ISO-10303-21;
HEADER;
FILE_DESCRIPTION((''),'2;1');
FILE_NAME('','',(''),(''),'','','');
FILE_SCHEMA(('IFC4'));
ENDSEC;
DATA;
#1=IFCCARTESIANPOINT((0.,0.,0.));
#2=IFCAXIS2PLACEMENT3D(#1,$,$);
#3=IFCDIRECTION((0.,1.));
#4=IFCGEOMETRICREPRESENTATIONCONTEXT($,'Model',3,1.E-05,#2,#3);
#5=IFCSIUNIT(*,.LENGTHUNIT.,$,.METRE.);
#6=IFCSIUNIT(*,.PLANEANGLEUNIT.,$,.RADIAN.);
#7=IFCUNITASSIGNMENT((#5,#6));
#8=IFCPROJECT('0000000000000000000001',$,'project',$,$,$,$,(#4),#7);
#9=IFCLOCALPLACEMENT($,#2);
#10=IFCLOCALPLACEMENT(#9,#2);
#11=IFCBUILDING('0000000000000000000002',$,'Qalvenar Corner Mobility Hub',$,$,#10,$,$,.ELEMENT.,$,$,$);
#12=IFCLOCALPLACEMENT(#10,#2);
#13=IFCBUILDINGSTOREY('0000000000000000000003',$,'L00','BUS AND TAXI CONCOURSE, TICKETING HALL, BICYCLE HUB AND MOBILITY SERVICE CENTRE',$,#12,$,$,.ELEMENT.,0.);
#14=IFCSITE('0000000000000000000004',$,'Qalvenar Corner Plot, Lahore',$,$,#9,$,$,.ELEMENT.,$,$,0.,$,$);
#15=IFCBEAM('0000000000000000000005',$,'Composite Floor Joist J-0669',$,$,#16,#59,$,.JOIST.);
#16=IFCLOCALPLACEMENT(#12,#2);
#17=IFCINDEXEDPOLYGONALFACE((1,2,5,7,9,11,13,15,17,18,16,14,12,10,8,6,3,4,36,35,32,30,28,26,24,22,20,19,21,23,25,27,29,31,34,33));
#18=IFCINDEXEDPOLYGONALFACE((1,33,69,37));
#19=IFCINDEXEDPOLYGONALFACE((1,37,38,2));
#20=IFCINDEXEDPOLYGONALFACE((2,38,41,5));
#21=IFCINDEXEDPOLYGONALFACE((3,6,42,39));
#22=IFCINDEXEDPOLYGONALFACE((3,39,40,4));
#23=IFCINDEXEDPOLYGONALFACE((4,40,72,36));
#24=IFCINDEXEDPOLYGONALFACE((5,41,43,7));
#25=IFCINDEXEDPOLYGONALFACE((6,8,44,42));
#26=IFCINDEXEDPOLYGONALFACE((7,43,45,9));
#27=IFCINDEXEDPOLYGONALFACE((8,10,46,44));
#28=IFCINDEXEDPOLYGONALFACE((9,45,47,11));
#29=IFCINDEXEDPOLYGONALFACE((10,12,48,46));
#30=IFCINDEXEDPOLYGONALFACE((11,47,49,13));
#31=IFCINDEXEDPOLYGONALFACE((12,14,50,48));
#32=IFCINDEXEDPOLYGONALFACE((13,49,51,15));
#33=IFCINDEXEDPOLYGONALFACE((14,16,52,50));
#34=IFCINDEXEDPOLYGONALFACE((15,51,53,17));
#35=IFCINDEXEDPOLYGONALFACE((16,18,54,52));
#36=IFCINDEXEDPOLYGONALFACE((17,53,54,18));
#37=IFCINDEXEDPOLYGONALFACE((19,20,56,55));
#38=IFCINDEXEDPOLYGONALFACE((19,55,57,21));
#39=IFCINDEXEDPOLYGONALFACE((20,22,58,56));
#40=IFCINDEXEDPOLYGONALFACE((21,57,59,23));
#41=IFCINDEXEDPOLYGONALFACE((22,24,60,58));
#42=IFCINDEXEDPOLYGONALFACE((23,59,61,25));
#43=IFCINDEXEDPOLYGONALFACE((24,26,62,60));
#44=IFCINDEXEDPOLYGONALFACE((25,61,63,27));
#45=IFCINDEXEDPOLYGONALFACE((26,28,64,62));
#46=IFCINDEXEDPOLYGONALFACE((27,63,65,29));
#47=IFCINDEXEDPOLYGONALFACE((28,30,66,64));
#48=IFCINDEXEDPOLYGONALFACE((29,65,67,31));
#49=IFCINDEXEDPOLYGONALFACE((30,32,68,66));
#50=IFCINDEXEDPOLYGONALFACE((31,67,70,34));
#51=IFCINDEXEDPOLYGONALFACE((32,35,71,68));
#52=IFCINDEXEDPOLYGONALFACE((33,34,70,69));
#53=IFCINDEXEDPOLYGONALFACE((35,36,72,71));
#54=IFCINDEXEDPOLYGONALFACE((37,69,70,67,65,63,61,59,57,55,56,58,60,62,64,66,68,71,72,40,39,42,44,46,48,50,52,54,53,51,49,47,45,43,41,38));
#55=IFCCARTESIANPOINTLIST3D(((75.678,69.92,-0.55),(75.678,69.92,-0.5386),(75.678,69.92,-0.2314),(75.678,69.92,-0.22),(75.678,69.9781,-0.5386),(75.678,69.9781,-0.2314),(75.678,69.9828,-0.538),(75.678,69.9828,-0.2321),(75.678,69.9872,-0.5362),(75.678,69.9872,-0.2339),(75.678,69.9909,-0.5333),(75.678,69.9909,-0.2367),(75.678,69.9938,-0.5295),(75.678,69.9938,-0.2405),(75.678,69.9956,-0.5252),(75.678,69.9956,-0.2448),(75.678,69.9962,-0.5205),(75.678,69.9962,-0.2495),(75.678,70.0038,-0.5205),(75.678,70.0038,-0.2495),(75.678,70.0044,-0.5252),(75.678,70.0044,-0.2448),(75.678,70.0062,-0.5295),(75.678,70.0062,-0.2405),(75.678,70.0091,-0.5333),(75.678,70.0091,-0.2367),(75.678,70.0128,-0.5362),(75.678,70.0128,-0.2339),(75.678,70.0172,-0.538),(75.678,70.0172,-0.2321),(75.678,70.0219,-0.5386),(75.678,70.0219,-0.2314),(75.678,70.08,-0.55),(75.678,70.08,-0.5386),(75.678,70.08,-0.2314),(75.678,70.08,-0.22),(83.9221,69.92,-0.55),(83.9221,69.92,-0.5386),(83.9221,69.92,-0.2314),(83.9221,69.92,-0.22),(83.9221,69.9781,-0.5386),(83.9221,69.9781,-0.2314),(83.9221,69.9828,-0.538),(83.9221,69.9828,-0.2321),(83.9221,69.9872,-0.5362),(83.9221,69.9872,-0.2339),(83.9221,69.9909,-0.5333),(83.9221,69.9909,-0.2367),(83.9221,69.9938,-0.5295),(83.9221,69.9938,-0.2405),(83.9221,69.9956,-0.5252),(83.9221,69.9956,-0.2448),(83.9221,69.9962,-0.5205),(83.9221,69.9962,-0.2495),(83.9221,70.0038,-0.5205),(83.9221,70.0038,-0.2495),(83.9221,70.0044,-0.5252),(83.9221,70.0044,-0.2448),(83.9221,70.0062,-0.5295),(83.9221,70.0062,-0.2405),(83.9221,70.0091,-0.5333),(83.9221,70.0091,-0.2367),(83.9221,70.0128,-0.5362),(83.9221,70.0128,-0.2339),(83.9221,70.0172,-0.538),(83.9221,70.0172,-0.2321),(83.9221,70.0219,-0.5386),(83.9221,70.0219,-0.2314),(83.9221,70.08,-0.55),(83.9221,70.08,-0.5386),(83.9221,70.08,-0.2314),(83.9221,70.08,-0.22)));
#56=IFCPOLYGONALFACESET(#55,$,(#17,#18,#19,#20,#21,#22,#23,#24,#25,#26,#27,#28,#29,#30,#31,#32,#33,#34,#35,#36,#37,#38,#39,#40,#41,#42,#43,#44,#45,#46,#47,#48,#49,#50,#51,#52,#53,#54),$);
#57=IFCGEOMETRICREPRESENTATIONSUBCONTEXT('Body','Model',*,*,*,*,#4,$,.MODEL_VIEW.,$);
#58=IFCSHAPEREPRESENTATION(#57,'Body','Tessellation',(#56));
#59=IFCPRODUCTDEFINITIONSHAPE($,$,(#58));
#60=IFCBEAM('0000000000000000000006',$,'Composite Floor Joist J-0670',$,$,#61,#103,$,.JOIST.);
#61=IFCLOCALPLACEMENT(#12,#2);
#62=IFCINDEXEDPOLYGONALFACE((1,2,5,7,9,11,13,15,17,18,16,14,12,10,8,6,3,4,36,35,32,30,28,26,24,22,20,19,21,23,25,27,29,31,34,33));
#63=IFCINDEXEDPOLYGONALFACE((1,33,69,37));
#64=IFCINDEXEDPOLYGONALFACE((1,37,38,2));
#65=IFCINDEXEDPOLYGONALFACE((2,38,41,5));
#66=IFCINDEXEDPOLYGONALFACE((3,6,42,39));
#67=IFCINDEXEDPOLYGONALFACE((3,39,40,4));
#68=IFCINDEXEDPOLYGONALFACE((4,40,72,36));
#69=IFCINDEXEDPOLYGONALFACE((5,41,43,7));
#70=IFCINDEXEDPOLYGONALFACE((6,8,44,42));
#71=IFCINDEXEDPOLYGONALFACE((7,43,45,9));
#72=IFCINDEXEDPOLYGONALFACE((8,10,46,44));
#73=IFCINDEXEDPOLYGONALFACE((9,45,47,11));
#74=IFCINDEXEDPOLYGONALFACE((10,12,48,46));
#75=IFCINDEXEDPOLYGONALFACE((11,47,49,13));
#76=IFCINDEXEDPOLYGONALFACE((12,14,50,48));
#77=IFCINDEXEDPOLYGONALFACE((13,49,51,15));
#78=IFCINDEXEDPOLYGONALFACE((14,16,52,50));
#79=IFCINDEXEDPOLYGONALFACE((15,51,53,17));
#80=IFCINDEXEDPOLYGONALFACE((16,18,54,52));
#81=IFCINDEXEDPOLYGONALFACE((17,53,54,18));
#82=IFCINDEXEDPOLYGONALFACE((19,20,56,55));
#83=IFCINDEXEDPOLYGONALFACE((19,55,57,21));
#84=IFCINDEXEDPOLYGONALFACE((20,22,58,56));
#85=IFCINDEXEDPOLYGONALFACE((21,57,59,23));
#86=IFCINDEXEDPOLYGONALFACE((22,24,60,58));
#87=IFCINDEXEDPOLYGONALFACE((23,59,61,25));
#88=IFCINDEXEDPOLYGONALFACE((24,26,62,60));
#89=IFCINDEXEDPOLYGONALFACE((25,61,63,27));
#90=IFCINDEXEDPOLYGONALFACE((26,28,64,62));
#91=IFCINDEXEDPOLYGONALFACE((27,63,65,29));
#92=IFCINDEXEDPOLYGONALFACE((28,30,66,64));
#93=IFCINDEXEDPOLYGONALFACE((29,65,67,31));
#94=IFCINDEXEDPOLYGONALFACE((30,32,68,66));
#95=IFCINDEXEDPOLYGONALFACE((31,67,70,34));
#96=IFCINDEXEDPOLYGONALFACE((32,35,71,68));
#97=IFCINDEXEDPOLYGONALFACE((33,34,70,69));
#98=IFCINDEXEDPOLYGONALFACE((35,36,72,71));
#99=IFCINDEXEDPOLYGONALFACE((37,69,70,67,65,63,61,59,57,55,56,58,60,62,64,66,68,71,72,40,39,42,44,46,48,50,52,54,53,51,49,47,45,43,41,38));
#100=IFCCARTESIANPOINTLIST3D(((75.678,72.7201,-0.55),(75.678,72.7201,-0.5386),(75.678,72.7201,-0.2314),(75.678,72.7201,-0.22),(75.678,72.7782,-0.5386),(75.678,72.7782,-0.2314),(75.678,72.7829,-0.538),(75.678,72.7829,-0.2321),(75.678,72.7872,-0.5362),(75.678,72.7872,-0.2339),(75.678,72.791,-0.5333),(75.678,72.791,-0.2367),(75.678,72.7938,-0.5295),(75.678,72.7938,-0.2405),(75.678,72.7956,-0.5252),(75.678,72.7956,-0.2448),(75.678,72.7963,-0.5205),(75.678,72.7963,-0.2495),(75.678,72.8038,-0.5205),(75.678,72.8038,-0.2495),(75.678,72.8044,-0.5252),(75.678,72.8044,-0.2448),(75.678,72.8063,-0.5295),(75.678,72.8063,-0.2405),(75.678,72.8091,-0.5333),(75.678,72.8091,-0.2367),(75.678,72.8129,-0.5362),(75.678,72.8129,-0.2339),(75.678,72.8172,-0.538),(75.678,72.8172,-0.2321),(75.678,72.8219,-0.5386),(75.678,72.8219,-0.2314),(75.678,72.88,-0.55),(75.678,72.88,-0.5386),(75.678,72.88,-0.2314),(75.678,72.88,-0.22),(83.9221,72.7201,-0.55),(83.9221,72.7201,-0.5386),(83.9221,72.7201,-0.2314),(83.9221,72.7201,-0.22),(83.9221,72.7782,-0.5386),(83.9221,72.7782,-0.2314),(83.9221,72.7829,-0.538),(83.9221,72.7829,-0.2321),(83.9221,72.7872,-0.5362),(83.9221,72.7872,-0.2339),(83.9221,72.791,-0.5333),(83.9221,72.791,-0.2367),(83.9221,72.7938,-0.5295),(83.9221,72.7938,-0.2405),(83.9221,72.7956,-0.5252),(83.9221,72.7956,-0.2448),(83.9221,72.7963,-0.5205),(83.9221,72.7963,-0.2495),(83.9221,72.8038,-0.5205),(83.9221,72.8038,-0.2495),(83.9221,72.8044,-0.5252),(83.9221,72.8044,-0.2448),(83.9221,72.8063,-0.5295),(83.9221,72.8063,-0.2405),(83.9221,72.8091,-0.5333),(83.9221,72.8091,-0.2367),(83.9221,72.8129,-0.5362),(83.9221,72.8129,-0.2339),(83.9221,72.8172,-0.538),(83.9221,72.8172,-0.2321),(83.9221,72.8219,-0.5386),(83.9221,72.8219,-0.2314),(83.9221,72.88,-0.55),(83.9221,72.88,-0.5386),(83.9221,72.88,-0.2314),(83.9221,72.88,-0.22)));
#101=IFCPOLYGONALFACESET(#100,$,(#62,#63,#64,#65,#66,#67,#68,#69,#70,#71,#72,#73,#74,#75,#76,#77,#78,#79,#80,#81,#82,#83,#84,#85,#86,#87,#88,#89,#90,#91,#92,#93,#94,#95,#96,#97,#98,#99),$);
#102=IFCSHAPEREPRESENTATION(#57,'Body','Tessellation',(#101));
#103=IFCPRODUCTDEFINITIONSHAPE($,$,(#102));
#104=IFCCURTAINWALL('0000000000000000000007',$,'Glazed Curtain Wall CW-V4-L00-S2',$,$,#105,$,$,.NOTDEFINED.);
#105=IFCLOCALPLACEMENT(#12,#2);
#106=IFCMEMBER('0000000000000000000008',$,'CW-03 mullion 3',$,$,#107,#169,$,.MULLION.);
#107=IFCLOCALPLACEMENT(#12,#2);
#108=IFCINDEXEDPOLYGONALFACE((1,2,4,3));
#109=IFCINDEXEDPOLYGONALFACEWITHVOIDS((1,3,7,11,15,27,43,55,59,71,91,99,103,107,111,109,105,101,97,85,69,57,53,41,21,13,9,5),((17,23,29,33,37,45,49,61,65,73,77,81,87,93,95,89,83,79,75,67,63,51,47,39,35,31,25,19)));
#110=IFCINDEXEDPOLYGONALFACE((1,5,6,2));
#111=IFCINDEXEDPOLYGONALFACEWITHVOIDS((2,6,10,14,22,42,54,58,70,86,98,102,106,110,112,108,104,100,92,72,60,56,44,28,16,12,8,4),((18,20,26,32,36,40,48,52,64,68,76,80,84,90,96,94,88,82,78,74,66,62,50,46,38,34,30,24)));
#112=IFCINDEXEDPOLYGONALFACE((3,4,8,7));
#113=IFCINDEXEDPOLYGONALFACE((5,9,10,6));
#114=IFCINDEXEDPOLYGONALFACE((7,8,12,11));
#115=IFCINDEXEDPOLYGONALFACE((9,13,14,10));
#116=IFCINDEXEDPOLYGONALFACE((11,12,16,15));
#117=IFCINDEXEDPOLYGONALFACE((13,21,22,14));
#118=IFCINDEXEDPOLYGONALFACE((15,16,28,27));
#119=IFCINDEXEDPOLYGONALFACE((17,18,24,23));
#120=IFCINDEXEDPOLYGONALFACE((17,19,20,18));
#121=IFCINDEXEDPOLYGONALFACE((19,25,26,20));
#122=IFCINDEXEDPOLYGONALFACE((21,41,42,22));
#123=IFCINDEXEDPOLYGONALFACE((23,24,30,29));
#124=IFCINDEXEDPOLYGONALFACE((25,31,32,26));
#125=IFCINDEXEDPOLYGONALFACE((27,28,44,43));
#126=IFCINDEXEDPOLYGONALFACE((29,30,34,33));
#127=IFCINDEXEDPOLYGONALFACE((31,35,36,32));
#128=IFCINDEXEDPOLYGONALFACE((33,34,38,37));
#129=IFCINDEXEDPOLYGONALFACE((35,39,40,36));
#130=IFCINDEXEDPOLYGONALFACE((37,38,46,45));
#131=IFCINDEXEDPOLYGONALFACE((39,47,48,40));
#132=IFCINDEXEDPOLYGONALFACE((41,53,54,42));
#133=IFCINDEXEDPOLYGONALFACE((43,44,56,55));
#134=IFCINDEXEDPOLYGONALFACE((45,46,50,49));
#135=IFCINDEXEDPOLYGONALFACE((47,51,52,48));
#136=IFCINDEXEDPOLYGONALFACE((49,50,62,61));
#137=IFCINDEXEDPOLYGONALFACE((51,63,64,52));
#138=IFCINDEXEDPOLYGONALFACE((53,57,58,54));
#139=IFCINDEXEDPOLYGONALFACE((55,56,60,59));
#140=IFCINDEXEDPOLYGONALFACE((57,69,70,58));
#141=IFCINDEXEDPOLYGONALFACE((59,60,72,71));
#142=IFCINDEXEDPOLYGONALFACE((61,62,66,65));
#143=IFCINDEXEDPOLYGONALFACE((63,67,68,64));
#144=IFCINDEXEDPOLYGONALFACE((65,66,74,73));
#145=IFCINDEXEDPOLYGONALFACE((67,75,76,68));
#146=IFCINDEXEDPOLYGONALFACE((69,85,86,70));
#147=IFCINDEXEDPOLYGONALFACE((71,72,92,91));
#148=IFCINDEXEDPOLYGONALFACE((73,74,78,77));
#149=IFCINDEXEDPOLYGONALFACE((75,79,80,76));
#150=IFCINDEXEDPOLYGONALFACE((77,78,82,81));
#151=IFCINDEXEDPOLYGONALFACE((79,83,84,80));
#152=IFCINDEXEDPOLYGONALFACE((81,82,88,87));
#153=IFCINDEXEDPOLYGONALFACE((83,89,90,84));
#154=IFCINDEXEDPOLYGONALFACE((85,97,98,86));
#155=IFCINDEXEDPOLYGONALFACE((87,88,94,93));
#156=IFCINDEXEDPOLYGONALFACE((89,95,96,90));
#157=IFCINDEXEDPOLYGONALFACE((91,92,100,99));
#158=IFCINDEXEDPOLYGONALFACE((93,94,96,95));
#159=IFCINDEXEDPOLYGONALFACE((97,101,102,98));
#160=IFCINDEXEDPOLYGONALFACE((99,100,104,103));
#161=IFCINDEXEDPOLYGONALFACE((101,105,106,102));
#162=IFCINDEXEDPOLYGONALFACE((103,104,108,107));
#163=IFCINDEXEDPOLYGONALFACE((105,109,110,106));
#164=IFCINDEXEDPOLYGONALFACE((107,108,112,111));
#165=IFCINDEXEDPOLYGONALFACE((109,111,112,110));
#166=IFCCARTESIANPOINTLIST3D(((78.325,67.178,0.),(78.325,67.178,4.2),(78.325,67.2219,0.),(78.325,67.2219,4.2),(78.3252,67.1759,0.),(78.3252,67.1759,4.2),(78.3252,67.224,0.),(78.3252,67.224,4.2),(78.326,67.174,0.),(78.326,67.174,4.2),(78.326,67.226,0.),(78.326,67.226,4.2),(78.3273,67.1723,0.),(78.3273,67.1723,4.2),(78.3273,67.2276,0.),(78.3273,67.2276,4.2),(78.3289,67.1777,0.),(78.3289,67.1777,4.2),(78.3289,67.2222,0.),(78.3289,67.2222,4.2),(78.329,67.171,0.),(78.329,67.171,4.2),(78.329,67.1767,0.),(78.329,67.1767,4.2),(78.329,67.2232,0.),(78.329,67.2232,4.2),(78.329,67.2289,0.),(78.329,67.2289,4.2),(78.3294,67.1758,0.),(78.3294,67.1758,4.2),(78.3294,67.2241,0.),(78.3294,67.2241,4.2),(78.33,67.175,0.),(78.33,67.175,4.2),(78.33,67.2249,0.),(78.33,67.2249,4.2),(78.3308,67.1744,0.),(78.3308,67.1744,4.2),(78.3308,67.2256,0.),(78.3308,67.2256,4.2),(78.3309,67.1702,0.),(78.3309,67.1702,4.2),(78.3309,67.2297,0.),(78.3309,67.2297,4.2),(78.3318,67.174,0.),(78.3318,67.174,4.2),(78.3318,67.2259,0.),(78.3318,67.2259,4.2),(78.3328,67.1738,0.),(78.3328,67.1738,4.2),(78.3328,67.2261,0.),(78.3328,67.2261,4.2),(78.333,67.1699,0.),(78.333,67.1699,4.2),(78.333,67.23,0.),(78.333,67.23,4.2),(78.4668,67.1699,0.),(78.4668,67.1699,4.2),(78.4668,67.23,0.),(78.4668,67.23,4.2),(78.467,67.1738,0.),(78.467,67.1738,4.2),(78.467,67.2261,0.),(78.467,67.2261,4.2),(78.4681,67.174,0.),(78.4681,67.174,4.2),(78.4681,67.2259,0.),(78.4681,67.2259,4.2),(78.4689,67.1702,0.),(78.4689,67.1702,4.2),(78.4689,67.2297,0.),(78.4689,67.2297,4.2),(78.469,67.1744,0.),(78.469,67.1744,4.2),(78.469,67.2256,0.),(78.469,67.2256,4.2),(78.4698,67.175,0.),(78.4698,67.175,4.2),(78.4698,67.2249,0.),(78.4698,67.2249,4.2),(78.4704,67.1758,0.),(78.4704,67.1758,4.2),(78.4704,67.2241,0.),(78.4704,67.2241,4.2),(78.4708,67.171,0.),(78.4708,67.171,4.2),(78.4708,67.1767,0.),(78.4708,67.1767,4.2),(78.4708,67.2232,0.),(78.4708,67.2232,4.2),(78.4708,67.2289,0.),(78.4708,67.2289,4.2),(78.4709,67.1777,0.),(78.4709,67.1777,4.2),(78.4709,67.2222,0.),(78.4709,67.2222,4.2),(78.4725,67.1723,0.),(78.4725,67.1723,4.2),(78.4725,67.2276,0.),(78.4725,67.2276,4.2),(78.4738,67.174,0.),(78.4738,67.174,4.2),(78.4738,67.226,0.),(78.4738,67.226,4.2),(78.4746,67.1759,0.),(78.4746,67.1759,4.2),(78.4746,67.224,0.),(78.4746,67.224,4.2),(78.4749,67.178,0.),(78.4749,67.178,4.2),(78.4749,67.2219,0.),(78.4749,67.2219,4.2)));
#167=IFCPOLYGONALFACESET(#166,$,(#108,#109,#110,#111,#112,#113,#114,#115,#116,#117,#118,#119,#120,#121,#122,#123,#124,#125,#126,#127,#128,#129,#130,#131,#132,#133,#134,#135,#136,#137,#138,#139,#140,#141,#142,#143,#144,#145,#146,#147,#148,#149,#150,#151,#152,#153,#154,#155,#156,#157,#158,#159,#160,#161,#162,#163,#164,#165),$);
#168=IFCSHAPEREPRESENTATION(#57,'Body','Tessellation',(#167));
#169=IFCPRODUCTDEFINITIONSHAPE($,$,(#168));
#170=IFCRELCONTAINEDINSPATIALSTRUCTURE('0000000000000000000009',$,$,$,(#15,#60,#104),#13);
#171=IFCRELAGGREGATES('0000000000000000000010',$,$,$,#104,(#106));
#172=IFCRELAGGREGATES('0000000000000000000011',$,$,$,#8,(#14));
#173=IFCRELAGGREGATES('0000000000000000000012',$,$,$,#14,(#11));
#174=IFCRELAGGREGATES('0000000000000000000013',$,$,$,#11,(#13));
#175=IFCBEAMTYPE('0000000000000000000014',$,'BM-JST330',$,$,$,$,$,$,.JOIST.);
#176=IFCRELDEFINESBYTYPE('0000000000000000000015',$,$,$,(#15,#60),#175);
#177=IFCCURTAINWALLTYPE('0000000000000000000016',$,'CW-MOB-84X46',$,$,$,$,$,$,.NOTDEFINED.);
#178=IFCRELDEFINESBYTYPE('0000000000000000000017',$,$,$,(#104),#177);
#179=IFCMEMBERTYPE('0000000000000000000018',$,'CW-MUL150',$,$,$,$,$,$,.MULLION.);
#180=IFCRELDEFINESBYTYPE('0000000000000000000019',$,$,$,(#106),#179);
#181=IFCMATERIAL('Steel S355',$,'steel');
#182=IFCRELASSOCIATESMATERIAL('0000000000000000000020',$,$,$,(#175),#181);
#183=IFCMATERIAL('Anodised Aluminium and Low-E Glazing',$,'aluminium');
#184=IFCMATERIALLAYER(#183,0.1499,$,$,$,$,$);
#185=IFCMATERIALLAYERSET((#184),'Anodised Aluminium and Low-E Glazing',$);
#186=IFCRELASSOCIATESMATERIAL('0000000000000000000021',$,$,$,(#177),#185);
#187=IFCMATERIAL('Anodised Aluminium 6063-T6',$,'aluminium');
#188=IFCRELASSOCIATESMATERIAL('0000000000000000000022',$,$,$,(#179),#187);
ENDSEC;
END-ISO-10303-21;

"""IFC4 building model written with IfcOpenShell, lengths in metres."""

from ifc_helpers import new_model, si_unit, direction, frame, origin, origin_2d, place, context, subcontext, project, spatial, hollow_rectangle, i_section, extrude, material, layer, layer_set, material_profile, profile_set, type_object, element, aggregate, save


model = new_model("IFC4")

# Units and contexts
model_context = context("Model", 3, precision=1e-05, world=origin(), true_north=direction((0.0, 1.0)))
body_context = subcontext(model_context, "Body", "Model", "MODEL_VIEW")
ifc_project = project(units=[si_unit("LENGTHUNIT", "METRE"), si_unit("PLANEANGLEUNIT", "RADIAN")], contexts=[model_context])

# Site, building, storey
site_placement = place(None, origin())
site = spatial("IfcSite", under=ifc_project, at=site_placement, Name="Qalvenar Corner Plot, Lahore", CompositionType="ELEMENT", RefElevation=0.0)
building_placement = place(site_placement, origin())
building = spatial("IfcBuilding", under=site, at=building_placement, Name="Qalvenar Corner Mobility Hub", CompositionType="ELEMENT")
storey_placement = place(building_placement, origin())
storey = spatial("IfcBuildingStorey", under=building, at=storey_placement, Name="L00", Description="BUS AND TAXI CONCOURSE, TICKETING HALL, BICYCLE HUB AND MOBILITY SERVICE CENTRE", CompositionType="ELEMENT", Elevation=0.0)

# Shared definitions
ifc_material_1 = material(Name="Steel S355", Category="steel")

# Beams
ifc_material_profile_1 = material_profile(ifc_material_1, i_section(OverallWidth=0.1599, OverallDepth=0.3301, WebThickness=0.0076, FlangeThickness=0.0115, FilletRadius=0.0181, at=origin_2d()), Name="IPE330")
ifc_profile_set_1 = profile_set([ifc_material_profile_1], Name="Steel S355")
beam_type_1 = type_object("IfcBeamType", Name="BM-JST330", PredefinedType="JOIST", material=ifc_profile_set_1)
for number, where, z_axis, x_axis, name in (
    (1, (75.678, 70.0, -0.385), (1.0, 0.0, 0.0), (0.0, 1.0, 0.0), "Composite Floor Joist J-0669"),
    (2, (75.678, 72.8, -0.385), (1.0, 0.0, 0.0), (0.0, 1.0, 0.0), "Composite Floor Joist J-0670"),
):
    element("IfcBeam", number, at=place(storey_placement, frame(where, z_axis=z_axis, x_axis=x_axis)), inside=storey, type_object=beam_type_1, Name=name, PredefinedType="JOIST", context=body_context, shape_type="SweptSolid", body=[
        extrude(i_section(OverallWidth=0.1599, OverallDepth=0.3301, WebThickness=0.0076, FlangeThickness=0.0115, FilletRadius=0.0181, at=origin_2d()), origin(), (0.0, 0.0, 1.0), 8.2441),
    ])

# Curtain wall, member
ifc_material_2 = material(Name="Anodised Aluminium and Low-E Glazing", Category="aluminium")
ifc_layer_1 = layer(ifc_material_2, 0.1499)
ifc_layer_set_1 = layer_set([ifc_layer_1], Name="Anodised Aluminium and Low-E Glazing")
curtain_wall_type = type_object("IfcCurtainWallType", Name="CW-MOB-84X46", PredefinedType="NOTDEFINED", material=ifc_layer_set_1)
curtain_wall_placement = place(storey_placement, origin())
curtain_wall = element("IfcCurtainWall", 3, at=curtain_wall_placement, inside=storey, type_object=curtain_wall_type, Name="Glazed Curtain Wall CW-V4-L00-S2", PredefinedType="NOTDEFINED")
ifc_material_3 = material(Name="Anodised Aluminium 6063-T6", Category="aluminium")
ifc_material_profile_2 = material_profile(ifc_material_3, hollow_rectangle(XDim=0.0601, YDim=0.1499, WallThickness=0.0039, InnerFilletRadius=0.0039, OuterFilletRadius=0.0081, at=origin_2d()), Name="RHS150x60x4")
ifc_profile_set_2 = profile_set([ifc_material_profile_2], Name="Anodised Aluminium 6063-T6")
member_type_1 = type_object("IfcMemberType", Name="CW-MUL150", PredefinedType="MULLION", material=ifc_profile_set_2)
member_1_placement = place(storey_placement, frame((78.3999, 67.2, 0.0), z_axis=(0.0, 0.0, 1.0), x_axis=(0.0, 1.0, 0.0)))
member_1 = element("IfcMember", 4, at=member_1_placement, type_object=member_type_1, Name="CW-03 mullion 3", PredefinedType="MULLION", context=body_context, shape_type="SweptSolid", body=[
    extrude(hollow_rectangle(XDim=0.0601, YDim=0.1499, WallThickness=0.0039, InnerFilletRadius=0.0039, OuterFilletRadius=0.0081, at=origin_2d()), origin(), (0.0, 0.0, 1.0), 4.2),
])
aggregate(curtain_wall, [member_1])

save(model, "model.ifc")
